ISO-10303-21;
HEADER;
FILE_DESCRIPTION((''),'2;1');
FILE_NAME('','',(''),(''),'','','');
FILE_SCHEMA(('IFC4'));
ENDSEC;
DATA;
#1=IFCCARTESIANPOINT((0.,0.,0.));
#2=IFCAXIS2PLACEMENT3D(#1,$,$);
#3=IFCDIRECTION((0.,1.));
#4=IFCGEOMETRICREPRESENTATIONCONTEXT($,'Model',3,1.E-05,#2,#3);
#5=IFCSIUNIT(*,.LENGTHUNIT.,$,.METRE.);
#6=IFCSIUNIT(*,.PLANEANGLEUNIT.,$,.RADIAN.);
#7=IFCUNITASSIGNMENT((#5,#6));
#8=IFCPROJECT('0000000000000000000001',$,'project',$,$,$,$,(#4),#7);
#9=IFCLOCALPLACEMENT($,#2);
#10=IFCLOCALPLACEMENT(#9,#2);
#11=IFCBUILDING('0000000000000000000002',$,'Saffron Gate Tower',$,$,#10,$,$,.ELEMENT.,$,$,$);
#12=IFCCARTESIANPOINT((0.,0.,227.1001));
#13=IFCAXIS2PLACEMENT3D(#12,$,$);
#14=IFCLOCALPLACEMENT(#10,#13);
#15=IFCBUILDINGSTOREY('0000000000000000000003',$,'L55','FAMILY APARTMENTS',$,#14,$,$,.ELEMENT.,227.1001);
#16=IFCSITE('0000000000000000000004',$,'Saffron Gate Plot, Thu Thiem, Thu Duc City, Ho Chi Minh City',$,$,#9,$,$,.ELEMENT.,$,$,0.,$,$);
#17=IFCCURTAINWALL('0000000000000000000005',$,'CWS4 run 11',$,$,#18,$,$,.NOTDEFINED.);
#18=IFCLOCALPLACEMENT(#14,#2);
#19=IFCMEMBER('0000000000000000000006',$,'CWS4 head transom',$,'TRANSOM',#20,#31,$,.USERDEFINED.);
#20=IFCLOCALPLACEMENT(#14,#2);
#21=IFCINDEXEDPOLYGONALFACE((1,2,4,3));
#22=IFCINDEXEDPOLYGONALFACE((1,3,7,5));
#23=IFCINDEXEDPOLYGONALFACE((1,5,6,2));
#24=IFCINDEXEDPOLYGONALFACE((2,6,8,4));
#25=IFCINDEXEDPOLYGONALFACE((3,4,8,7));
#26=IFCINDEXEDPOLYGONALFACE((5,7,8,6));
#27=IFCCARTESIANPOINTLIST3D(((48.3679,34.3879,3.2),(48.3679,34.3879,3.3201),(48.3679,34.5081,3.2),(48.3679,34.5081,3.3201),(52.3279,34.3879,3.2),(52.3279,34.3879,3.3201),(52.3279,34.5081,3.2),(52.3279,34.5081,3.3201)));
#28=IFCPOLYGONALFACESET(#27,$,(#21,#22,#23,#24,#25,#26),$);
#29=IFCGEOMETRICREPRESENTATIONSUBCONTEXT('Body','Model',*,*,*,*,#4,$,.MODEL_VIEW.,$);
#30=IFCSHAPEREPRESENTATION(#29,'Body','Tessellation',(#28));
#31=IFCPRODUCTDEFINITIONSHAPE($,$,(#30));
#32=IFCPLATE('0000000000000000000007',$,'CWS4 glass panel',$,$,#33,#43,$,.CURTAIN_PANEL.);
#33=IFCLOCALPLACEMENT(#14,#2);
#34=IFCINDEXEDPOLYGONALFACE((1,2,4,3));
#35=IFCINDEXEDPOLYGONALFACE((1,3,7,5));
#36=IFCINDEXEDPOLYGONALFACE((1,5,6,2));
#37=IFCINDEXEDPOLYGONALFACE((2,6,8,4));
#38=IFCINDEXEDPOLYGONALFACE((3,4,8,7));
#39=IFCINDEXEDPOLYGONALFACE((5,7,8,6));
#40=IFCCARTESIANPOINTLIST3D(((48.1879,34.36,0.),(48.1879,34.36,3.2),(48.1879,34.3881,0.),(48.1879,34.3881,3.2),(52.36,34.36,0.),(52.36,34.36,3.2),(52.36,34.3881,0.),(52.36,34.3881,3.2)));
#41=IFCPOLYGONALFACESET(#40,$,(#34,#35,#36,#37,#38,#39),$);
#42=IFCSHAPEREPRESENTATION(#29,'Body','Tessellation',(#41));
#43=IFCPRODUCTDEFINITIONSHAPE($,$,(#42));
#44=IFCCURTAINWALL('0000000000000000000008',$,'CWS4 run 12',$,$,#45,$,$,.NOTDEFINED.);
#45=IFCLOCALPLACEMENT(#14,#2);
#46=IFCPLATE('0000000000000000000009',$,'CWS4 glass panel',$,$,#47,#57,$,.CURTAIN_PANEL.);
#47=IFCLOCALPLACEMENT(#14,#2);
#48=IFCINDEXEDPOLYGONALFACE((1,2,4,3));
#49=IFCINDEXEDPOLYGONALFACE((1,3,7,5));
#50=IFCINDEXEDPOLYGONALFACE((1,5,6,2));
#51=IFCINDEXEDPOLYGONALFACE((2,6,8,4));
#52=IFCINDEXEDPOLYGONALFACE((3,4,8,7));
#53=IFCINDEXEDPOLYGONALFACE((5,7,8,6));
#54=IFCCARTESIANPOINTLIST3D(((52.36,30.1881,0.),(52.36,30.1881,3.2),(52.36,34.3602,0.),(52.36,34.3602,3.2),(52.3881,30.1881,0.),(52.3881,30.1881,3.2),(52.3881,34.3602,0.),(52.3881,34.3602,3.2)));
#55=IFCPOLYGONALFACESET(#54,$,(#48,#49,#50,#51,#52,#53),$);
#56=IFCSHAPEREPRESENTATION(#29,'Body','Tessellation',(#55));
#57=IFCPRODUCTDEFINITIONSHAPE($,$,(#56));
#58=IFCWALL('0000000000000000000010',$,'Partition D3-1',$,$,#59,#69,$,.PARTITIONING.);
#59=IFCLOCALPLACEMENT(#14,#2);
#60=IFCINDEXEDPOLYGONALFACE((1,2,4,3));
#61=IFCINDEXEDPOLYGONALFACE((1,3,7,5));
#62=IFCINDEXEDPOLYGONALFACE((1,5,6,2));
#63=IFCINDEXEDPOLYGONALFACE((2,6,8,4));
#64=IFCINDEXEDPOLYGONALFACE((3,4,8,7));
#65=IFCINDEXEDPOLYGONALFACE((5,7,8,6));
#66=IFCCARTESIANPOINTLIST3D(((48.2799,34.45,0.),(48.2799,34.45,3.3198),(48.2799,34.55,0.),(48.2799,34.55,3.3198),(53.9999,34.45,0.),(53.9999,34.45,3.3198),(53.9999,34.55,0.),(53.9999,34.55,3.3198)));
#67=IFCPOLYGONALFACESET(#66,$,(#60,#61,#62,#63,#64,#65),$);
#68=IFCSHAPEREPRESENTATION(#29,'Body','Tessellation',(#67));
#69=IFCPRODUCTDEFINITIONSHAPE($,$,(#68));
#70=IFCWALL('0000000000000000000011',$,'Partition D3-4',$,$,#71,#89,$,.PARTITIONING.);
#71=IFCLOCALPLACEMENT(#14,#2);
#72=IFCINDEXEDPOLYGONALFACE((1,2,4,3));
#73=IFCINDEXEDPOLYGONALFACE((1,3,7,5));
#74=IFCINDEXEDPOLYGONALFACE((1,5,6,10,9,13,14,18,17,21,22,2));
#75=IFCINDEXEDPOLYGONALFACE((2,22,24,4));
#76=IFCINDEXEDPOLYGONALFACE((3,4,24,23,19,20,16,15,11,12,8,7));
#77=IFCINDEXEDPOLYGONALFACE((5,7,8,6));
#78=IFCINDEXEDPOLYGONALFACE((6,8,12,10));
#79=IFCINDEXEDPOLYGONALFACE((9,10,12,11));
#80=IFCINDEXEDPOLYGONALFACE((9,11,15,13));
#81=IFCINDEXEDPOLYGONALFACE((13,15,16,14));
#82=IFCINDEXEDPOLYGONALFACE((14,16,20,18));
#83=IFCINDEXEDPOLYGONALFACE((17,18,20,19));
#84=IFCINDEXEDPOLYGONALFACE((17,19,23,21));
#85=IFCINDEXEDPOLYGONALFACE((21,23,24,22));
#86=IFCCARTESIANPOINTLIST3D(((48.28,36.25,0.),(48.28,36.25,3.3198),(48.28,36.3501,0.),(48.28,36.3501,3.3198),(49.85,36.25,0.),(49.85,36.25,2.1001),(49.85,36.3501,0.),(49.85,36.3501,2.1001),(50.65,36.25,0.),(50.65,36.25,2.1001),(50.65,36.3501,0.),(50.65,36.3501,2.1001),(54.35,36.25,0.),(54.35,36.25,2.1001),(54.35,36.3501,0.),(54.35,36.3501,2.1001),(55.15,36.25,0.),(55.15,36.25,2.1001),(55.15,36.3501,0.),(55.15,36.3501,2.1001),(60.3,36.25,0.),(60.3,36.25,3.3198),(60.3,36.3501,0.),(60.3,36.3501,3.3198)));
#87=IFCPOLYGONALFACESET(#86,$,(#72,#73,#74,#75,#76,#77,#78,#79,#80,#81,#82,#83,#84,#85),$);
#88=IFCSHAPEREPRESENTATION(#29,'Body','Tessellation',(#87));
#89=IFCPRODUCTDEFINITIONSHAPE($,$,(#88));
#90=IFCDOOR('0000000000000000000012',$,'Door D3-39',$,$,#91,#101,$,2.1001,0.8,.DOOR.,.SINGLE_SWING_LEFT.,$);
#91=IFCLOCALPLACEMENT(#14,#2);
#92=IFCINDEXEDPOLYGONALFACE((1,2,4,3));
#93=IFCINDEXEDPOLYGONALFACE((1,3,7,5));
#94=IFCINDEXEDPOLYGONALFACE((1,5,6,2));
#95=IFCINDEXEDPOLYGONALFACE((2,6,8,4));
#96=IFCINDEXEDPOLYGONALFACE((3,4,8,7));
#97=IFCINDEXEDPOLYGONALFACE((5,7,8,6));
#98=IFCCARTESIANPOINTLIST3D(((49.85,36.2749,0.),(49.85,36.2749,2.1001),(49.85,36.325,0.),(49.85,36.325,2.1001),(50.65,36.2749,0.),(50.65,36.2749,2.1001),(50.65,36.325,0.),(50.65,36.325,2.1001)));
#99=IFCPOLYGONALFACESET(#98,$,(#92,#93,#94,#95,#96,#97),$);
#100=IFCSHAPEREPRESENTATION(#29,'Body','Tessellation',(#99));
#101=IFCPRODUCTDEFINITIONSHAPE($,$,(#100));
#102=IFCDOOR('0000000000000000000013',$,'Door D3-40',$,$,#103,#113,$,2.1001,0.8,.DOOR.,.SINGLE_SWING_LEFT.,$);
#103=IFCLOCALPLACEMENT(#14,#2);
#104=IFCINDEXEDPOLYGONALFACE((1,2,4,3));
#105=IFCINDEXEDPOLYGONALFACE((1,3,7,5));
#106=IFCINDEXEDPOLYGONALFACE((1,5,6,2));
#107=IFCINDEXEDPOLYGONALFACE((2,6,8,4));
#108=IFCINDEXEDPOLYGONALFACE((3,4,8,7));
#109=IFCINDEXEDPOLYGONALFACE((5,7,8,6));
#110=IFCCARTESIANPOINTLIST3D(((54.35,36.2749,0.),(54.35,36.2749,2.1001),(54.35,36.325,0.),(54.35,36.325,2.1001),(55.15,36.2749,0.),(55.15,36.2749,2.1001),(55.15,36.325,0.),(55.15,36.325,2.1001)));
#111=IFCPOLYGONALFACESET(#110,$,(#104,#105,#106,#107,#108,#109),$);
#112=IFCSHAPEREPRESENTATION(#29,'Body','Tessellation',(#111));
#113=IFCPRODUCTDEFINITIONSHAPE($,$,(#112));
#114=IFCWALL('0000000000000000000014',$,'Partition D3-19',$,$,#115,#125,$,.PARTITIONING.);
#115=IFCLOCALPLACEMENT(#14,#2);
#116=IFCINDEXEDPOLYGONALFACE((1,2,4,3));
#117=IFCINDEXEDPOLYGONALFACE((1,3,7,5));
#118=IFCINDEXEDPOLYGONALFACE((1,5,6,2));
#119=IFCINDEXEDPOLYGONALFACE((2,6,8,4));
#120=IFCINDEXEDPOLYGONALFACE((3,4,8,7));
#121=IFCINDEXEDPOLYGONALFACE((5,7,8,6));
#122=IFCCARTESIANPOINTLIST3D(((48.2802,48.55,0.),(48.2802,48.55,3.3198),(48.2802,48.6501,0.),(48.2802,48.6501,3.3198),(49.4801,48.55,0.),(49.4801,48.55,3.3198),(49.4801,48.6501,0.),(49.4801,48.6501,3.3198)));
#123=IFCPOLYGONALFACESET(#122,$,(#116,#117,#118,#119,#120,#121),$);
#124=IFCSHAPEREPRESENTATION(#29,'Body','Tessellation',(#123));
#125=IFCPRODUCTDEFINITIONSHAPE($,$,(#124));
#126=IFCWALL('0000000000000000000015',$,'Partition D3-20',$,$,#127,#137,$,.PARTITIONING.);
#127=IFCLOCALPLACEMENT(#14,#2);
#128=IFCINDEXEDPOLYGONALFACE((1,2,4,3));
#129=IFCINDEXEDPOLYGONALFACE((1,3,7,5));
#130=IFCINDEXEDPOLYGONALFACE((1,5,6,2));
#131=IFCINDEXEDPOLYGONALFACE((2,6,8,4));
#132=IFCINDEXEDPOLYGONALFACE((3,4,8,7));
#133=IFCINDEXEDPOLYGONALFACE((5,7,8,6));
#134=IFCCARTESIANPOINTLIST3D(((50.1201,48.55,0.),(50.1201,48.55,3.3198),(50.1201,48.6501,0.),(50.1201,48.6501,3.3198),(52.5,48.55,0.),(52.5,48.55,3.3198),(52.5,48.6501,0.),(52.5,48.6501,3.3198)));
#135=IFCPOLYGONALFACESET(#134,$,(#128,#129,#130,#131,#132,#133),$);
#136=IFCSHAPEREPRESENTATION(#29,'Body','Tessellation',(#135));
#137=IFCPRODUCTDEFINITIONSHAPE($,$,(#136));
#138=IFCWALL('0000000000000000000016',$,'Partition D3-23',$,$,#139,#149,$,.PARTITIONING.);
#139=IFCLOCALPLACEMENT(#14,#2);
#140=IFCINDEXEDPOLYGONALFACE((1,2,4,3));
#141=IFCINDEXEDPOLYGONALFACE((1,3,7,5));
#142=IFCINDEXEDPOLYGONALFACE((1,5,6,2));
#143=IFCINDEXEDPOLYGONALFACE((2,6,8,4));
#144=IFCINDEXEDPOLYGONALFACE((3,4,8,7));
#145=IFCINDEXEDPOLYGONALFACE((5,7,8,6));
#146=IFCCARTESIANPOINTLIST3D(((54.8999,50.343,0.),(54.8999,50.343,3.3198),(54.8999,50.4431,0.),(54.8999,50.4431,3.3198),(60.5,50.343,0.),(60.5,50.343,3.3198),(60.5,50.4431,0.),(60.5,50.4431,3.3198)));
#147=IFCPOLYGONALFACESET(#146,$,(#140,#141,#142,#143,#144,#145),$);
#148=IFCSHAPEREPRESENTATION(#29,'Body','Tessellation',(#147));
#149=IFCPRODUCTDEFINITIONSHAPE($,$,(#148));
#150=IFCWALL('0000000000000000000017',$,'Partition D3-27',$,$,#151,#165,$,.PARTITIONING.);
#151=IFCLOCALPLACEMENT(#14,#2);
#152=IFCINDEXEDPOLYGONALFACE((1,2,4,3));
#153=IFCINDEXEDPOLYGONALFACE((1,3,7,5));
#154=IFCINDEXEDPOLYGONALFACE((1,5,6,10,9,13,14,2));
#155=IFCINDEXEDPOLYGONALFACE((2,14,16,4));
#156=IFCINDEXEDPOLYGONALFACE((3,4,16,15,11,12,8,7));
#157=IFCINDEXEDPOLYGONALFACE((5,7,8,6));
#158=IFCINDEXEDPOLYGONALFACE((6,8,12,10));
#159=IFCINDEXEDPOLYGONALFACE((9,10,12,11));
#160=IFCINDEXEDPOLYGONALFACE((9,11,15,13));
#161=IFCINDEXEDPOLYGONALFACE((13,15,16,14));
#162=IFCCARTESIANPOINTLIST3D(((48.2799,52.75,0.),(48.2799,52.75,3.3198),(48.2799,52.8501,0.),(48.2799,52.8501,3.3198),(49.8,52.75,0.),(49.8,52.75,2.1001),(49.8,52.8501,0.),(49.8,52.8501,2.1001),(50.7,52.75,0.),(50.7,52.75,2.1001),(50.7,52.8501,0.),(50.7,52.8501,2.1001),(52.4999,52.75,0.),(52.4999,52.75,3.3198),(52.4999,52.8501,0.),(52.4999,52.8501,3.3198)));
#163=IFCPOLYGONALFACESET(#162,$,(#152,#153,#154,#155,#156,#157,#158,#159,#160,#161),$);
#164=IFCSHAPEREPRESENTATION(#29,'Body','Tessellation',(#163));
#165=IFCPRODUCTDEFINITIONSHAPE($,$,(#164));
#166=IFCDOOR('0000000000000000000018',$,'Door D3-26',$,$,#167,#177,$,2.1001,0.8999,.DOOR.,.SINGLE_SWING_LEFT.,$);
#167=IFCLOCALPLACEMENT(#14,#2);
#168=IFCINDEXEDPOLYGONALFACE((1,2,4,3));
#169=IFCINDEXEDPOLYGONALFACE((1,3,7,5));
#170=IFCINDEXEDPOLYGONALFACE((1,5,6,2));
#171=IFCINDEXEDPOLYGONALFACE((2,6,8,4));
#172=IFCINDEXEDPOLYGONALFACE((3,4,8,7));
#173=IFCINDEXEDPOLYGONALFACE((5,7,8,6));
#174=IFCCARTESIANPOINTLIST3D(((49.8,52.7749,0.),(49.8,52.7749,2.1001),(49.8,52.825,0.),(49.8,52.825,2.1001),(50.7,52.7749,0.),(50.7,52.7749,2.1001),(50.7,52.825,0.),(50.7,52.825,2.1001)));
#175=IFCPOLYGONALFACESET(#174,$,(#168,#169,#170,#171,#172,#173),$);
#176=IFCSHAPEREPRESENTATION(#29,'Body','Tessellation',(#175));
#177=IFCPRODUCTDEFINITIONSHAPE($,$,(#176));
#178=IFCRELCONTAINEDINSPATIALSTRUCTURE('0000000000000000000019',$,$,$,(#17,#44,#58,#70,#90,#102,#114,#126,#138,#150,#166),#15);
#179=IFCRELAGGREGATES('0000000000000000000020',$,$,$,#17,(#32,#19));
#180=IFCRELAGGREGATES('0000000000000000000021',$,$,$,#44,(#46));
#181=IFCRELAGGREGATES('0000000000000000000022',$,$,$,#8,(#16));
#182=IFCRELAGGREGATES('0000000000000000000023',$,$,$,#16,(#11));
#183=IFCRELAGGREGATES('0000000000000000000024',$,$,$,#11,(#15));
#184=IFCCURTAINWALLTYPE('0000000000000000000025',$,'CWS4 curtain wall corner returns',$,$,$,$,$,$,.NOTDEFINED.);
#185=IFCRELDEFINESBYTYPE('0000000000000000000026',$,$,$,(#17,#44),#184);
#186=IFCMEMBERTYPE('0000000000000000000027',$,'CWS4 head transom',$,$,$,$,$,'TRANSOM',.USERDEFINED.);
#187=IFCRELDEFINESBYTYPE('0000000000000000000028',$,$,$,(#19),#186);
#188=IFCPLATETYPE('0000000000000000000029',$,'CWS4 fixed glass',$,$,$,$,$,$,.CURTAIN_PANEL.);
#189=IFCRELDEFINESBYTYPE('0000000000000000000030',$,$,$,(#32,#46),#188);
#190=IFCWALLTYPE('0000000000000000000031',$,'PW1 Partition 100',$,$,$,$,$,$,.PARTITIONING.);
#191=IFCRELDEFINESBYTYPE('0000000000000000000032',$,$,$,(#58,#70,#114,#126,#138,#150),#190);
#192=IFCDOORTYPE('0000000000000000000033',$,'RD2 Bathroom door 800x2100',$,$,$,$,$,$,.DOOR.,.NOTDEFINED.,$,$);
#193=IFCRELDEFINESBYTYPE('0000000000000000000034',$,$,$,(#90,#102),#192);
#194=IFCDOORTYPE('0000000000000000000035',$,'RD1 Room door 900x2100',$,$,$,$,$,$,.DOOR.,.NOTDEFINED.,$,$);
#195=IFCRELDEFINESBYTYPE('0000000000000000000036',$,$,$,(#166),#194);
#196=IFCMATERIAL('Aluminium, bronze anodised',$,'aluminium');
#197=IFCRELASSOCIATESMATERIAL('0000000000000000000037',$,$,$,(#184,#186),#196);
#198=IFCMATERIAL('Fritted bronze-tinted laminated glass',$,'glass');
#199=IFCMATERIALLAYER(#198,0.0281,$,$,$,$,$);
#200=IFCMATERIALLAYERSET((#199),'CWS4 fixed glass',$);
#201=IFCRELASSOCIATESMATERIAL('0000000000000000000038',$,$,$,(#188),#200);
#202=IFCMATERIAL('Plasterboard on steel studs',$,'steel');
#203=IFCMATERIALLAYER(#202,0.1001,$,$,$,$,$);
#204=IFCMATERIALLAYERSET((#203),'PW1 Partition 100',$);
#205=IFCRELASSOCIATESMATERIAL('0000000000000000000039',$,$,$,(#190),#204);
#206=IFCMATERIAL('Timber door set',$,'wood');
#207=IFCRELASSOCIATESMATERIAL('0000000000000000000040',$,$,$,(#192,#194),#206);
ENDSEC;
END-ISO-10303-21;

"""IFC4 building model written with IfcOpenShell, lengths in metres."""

from ifc_helpers import new_model, si_unit, direction, frame, frame_2d, origin, origin_2d, place, context, subcontext, project, spatial, rectangle, extrude, material, layer, layer_set, material_profile, profile_set, type_object, element, fill, aggregate, save


model = new_model("IFC4")

# Units and contexts
model_context = context("Model", 3, precision=1e-05, world=origin(), true_north=direction((0.0, 1.0)))
body_context = subcontext(model_context, "Body", "Model", "MODEL_VIEW")
ifc_project = project(units=[si_unit("LENGTHUNIT", "METRE"), si_unit("PLANEANGLEUNIT", "RADIAN")], contexts=[model_context])

# Site, building, storey
site_placement = place(None, origin())
site = spatial("IfcSite", under=ifc_project, at=site_placement, Name="Saffron Gate Plot, Thu Thiem, Thu Duc City, Ho Chi Minh City", CompositionType="ELEMENT", RefElevation=0.0)
building_placement = place(site_placement, origin())
building = spatial("IfcBuilding", under=site, at=building_placement, Name="Saffron Gate Tower", CompositionType="ELEMENT")
storey_placement = place(building_placement, frame((0.0, 0.0, 227.1001)))
storey = spatial("IfcBuildingStorey", under=building, at=storey_placement, Name="L55", Description="FAMILY APARTMENTS", CompositionType="ELEMENT", Elevation=227.1001)

# Shared definitions
ifc_material_1 = material(Name="Aluminium, bronze anodised", Category="aluminium")

# Curtain wall, member, plate
curtain_wall_type_1 = type_object("IfcCurtainWallType", Name="CWS4 curtain wall corner returns", PredefinedType="NOTDEFINED", material=ifc_material_1)
curtain_wall_1_placement = place(storey_placement, origin())
curtain_wall_1 = element("IfcCurtainWall", 1, at=curtain_wall_1_placement, inside=storey, type_object=curtain_wall_type_1, Name="CWS4 run 11", PredefinedType="NOTDEFINED")
ifc_material_profile_1 = material_profile(ifc_material_1, rectangle(XDim=0.1201, YDim=0.1201, at=origin_2d()))
ifc_profile_set_1 = profile_set([ifc_material_profile_1], Name="Aluminium, bronze anodised")
member_type_1 = type_object("IfcMemberType", Name="CWS4 head transom", ElementType="TRANSOM", PredefinedType="USERDEFINED", material=ifc_profile_set_1)
member_1_placement = place(storey_placement, frame((48.3679, 34.448, 3.26), z_axis=(1.0, 0.0, 0.0), x_axis=(0.0, 1.0, 0.0)))
member_1 = element("IfcMember", 2, at=member_1_placement, type_object=member_type_1, Name="CWS4 head transom", ObjectType="TRANSOM", PredefinedType="USERDEFINED", context=body_context, shape_type="SweptSolid", body=[
    extrude(rectangle(XDim=0.1201, YDim=0.1201, at=origin_2d()), origin(), (0.0, 0.0, 1.0), 3.96),
])
ifc_material_2 = material(Name="Fritted bronze-tinted laminated glass", Category="glass")
ifc_layer_1 = layer(ifc_material_2, 0.0281)
ifc_layer_set_1 = layer_set([ifc_layer_1], Name="CWS4 fixed glass")
plate_type = type_object("IfcPlateType", Name="CWS4 fixed glass", PredefinedType="CURTAIN_PANEL", material=ifc_layer_set_1)
plate_1_placement = place(storey_placement, frame((48.188, 34.374, 0.0), z_axis=(0.0, 0.0, 1.0), x_axis=(1.0, 0.0, 0.0)))
plate_1 = element("IfcPlate", 3, at=plate_1_placement, type_object=plate_type, Name="CWS4 glass panel", PredefinedType="CURTAIN_PANEL", context=body_context, shape_type="SweptSolid", body=[
    extrude(rectangle(XDim=4.1721, YDim=0.0281, at=frame_2d((2.0859, 0.0))), origin(), (0.0, 0.0, 1.0), 3.2),
])
aggregate(curtain_wall_1, [plate_1, member_1])

# Curtain wall, plate
curtain_wall_2_placement = place(storey_placement, origin())
curtain_wall_2 = element("IfcCurtainWall", 4, at=curtain_wall_2_placement, inside=storey, type_object=curtain_wall_type_1, Name="CWS4 run 12", PredefinedType="NOTDEFINED")
plate_2_placement = place(storey_placement, frame((52.374, 34.3601, 0.0), z_axis=(0.0, 0.0, 1.0), x_axis=(0.0, -1.0, 0.0)))
plate_2 = element("IfcPlate", 5, at=plate_2_placement, type_object=plate_type, Name="CWS4 glass panel", PredefinedType="CURTAIN_PANEL", context=body_context, shape_type="SweptSolid", body=[
    extrude(rectangle(XDim=4.1721, YDim=0.0281, at=frame_2d((2.0859, 0.0))), origin(), (0.0, 0.0, 1.0), 3.2),
])
aggregate(curtain_wall_2, [plate_2])

# Wall
ifc_material_3 = material(Name="Plasterboard on steel studs", Category="steel")
ifc_layer_2 = layer(ifc_material_3, 0.1001)
ifc_layer_set_2 = layer_set([ifc_layer_2], Name="PW1 Partition 100")
wall_type_1 = type_object("IfcWallType", Name="PW1 Partition 100", PredefinedType="PARTITIONING", material=ifc_layer_set_2)
wall_1_placement = place(storey_placement, frame((48.28, 34.5, 0.0), z_axis=(0.0, 0.0, 1.0), x_axis=(1.0, 0.0, 0.0)))
element("IfcWall", 6, at=wall_1_placement, inside=storey, type_object=wall_type_1, Name="Partition D3-1", PredefinedType="PARTITIONING", context=body_context, shape_type="SweptSolid", body=[
    extrude(rectangle(XDim=5.72, YDim=0.1001, at=frame_2d((2.8599, 0.0))), origin(), (0.0, 0.0, 1.0), 3.3198),
])

# Wall, openings, doors
wall_2_placement = place(storey_placement, frame((48.28, 36.3, 0.0), z_axis=(0.0, 0.0, 1.0), x_axis=(1.0, 0.0, 0.0)))
wall_2 = element("IfcWall", 7, at=wall_2_placement, inside=storey, type_object=wall_type_1, Name="Partition D3-4", PredefinedType="PARTITIONING", context=body_context, shape_type="SweptSolid", body=[
    extrude(rectangle(XDim=12.02, YDim=0.1001, at=frame_2d((6.01, 0.0))), origin(), (0.0, 0.0, 1.0), 3.3198),
])
opening_1_placement = place(wall_2_placement, frame((1.5701, 0.0, 0.0)))
opening_1 = element("IfcOpeningElement", 8, at=opening_1_placement, cuts=wall_2, PredefinedType="OPENING", context=body_context, shape_type="SweptSolid", body=[
    extrude(rectangle(XDim=0.8, YDim=2.1001, at=frame_2d((0.3999, 1.05))), frame((0.0, 0.0601, 0.0), z_axis=(0.0, -1.0, 0.0), x_axis=(1.0, 0.0, 0.0)), (0.0, 0.0, 1.0), 0.1201),
])
opening_2_placement = place(wall_2_placement, frame((6.0701, 0.0, 0.0)))
opening_2 = element("IfcOpeningElement", 9, at=opening_2_placement, cuts=wall_2, PredefinedType="OPENING", context=body_context, shape_type="SweptSolid", body=[
    extrude(rectangle(XDim=0.8, YDim=2.1001, at=frame_2d((0.3999, 1.05))), frame((0.0, 0.0601, 0.0), z_axis=(0.0, -1.0, 0.0), x_axis=(1.0, 0.0, 0.0)), (0.0, 0.0, 1.0), 0.1201),
])
ifc_material_4 = material(Name="Timber door set", Category="wood")
door_type_1 = type_object("IfcDoorType", Name="RD2 Bathroom door 800x2100", OperationType="NOTDEFINED", PredefinedType="DOOR", material=ifc_material_4)
door_1_placement = place(opening_1_placement, origin())
door_1 = element("IfcDoor", 10, at=door_1_placement, inside=storey, type_object=door_type_1, Name="Door D3-39", OperationType="SINGLE_SWING_LEFT", OverallHeight=2.1001, OverallWidth=0.8, PredefinedType="DOOR", context=body_context, shape_type="SweptSolid", body=[
    extrude(rectangle(XDim=0.8, YDim=2.1001, at=frame_2d((0.3999, 1.05))), frame((0.0, 0.0249, 0.0), z_axis=(0.0, -1.0, 0.0), x_axis=(1.0, 0.0, 0.0)), (0.0, 0.0, 1.0), 0.05),
])
fill(opening_1, door_1)
door_2_placement = place(opening_2_placement, origin())
door_2 = element("IfcDoor", 11, at=door_2_placement, inside=storey, type_object=door_type_1, Name="Door D3-40", OperationType="SINGLE_SWING_LEFT", OverallHeight=2.1001, OverallWidth=0.8, PredefinedType="DOOR", context=body_context, shape_type="SweptSolid", body=[
    extrude(rectangle(XDim=0.8, YDim=2.1001, at=frame_2d((0.3999, 1.05))), frame((0.0, 0.0249, 0.0), z_axis=(0.0, -1.0, 0.0), x_axis=(1.0, 0.0, 0.0)), (0.0, 0.0, 1.0), 0.05),
])
fill(opening_2, door_2)

# Walls
wall_3_placement = place(storey_placement, frame((48.28, 48.6001, 0.0), z_axis=(0.0, 0.0, 1.0), x_axis=(1.0, 0.0, 0.0)))
element("IfcWall", 12, at=wall_3_placement, inside=storey, type_object=wall_type_1, Name="Partition D3-19", PredefinedType="PARTITIONING", context=body_context, shape_type="SweptSolid", body=[
    extrude(rectangle(XDim=1.2, YDim=0.1001, at=frame_2d((0.6001, 0.0))), origin(), (0.0, 0.0, 1.0), 3.3198),
])
wall_4_placement = place(storey_placement, frame((50.1201, 48.6001, 0.0), z_axis=(0.0, 0.0, 1.0), x_axis=(1.0, 0.0, 0.0)))
element("IfcWall", 13, at=wall_4_placement, inside=storey, type_object=wall_type_1, Name="Partition D3-20", PredefinedType="PARTITIONING", context=body_context, shape_type="SweptSolid", body=[
    extrude(rectangle(XDim=2.3799, YDim=0.1001, at=frame_2d((1.1899, 0.0))), origin(), (0.0, 0.0, 1.0), 3.3198),
])
wall_5_placement = place(storey_placement, frame((54.8999, 50.3931, 0.0), z_axis=(0.0, 0.0, 1.0), x_axis=(1.0, 0.0, 0.0)))
element("IfcWall", 14, at=wall_5_placement, inside=storey, type_object=wall_type_1, Name="Partition D3-23", PredefinedType="PARTITIONING", context=body_context, shape_type="SweptSolid", body=[
    extrude(rectangle(XDim=5.6001, YDim=0.1001, at=frame_2d((2.8, 0.0))), origin(), (0.0, 0.0, 1.0), 3.3198),
])

# Wall, opening, door
wall_6_placement = place(storey_placement, frame((48.28, 52.8, 0.0), z_axis=(0.0, 0.0, 1.0), x_axis=(1.0, 0.0, 0.0)))
wall_6 = element("IfcWall", 15, at=wall_6_placement, inside=storey, type_object=wall_type_1, Name="Partition D3-27", PredefinedType="PARTITIONING", context=body_context, shape_type="SweptSolid", body=[
    extrude(rectangle(XDim=4.22, YDim=0.1001, at=frame_2d((2.1099, 0.0))), origin(), (0.0, 0.0, 1.0), 3.3198),
])
opening_3_placement = place(wall_6_placement, frame((1.52, 0.0, 0.0)))
opening_3 = element("IfcOpeningElement", 16, at=opening_3_placement, cuts=wall_6, PredefinedType="OPENING", context=body_context, shape_type="SweptSolid", body=[
    extrude(rectangle(XDim=0.8999, YDim=2.1001, at=frame_2d((0.45, 1.05))), frame((0.0, 0.0601, 0.0), z_axis=(0.0, -1.0, 0.0), x_axis=(1.0, 0.0, 0.0)), (0.0, 0.0, 1.0), 0.1201),
])
door_type_2 = type_object("IfcDoorType", Name="RD1 Room door 900x2100", OperationType="NOTDEFINED", PredefinedType="DOOR", material=ifc_material_4)
door_3_placement = place(opening_3_placement, origin())
door_3 = element("IfcDoor", 17, at=door_3_placement, inside=storey, type_object=door_type_2, Name="Door D3-26", OperationType="SINGLE_SWING_LEFT", OverallHeight=2.1001, OverallWidth=0.8999, PredefinedType="DOOR", context=body_context, shape_type="SweptSolid", body=[
    extrude(rectangle(XDim=0.8999, YDim=2.1001, at=frame_2d((0.45, 1.05))), frame((0.0, 0.0249, 0.0), z_axis=(0.0, -1.0, 0.0), x_axis=(1.0, 0.0, 0.0)), (0.0, 0.0, 1.0), 0.05),
])
fill(opening_3, door_3)

save(model, "model.ifc")
